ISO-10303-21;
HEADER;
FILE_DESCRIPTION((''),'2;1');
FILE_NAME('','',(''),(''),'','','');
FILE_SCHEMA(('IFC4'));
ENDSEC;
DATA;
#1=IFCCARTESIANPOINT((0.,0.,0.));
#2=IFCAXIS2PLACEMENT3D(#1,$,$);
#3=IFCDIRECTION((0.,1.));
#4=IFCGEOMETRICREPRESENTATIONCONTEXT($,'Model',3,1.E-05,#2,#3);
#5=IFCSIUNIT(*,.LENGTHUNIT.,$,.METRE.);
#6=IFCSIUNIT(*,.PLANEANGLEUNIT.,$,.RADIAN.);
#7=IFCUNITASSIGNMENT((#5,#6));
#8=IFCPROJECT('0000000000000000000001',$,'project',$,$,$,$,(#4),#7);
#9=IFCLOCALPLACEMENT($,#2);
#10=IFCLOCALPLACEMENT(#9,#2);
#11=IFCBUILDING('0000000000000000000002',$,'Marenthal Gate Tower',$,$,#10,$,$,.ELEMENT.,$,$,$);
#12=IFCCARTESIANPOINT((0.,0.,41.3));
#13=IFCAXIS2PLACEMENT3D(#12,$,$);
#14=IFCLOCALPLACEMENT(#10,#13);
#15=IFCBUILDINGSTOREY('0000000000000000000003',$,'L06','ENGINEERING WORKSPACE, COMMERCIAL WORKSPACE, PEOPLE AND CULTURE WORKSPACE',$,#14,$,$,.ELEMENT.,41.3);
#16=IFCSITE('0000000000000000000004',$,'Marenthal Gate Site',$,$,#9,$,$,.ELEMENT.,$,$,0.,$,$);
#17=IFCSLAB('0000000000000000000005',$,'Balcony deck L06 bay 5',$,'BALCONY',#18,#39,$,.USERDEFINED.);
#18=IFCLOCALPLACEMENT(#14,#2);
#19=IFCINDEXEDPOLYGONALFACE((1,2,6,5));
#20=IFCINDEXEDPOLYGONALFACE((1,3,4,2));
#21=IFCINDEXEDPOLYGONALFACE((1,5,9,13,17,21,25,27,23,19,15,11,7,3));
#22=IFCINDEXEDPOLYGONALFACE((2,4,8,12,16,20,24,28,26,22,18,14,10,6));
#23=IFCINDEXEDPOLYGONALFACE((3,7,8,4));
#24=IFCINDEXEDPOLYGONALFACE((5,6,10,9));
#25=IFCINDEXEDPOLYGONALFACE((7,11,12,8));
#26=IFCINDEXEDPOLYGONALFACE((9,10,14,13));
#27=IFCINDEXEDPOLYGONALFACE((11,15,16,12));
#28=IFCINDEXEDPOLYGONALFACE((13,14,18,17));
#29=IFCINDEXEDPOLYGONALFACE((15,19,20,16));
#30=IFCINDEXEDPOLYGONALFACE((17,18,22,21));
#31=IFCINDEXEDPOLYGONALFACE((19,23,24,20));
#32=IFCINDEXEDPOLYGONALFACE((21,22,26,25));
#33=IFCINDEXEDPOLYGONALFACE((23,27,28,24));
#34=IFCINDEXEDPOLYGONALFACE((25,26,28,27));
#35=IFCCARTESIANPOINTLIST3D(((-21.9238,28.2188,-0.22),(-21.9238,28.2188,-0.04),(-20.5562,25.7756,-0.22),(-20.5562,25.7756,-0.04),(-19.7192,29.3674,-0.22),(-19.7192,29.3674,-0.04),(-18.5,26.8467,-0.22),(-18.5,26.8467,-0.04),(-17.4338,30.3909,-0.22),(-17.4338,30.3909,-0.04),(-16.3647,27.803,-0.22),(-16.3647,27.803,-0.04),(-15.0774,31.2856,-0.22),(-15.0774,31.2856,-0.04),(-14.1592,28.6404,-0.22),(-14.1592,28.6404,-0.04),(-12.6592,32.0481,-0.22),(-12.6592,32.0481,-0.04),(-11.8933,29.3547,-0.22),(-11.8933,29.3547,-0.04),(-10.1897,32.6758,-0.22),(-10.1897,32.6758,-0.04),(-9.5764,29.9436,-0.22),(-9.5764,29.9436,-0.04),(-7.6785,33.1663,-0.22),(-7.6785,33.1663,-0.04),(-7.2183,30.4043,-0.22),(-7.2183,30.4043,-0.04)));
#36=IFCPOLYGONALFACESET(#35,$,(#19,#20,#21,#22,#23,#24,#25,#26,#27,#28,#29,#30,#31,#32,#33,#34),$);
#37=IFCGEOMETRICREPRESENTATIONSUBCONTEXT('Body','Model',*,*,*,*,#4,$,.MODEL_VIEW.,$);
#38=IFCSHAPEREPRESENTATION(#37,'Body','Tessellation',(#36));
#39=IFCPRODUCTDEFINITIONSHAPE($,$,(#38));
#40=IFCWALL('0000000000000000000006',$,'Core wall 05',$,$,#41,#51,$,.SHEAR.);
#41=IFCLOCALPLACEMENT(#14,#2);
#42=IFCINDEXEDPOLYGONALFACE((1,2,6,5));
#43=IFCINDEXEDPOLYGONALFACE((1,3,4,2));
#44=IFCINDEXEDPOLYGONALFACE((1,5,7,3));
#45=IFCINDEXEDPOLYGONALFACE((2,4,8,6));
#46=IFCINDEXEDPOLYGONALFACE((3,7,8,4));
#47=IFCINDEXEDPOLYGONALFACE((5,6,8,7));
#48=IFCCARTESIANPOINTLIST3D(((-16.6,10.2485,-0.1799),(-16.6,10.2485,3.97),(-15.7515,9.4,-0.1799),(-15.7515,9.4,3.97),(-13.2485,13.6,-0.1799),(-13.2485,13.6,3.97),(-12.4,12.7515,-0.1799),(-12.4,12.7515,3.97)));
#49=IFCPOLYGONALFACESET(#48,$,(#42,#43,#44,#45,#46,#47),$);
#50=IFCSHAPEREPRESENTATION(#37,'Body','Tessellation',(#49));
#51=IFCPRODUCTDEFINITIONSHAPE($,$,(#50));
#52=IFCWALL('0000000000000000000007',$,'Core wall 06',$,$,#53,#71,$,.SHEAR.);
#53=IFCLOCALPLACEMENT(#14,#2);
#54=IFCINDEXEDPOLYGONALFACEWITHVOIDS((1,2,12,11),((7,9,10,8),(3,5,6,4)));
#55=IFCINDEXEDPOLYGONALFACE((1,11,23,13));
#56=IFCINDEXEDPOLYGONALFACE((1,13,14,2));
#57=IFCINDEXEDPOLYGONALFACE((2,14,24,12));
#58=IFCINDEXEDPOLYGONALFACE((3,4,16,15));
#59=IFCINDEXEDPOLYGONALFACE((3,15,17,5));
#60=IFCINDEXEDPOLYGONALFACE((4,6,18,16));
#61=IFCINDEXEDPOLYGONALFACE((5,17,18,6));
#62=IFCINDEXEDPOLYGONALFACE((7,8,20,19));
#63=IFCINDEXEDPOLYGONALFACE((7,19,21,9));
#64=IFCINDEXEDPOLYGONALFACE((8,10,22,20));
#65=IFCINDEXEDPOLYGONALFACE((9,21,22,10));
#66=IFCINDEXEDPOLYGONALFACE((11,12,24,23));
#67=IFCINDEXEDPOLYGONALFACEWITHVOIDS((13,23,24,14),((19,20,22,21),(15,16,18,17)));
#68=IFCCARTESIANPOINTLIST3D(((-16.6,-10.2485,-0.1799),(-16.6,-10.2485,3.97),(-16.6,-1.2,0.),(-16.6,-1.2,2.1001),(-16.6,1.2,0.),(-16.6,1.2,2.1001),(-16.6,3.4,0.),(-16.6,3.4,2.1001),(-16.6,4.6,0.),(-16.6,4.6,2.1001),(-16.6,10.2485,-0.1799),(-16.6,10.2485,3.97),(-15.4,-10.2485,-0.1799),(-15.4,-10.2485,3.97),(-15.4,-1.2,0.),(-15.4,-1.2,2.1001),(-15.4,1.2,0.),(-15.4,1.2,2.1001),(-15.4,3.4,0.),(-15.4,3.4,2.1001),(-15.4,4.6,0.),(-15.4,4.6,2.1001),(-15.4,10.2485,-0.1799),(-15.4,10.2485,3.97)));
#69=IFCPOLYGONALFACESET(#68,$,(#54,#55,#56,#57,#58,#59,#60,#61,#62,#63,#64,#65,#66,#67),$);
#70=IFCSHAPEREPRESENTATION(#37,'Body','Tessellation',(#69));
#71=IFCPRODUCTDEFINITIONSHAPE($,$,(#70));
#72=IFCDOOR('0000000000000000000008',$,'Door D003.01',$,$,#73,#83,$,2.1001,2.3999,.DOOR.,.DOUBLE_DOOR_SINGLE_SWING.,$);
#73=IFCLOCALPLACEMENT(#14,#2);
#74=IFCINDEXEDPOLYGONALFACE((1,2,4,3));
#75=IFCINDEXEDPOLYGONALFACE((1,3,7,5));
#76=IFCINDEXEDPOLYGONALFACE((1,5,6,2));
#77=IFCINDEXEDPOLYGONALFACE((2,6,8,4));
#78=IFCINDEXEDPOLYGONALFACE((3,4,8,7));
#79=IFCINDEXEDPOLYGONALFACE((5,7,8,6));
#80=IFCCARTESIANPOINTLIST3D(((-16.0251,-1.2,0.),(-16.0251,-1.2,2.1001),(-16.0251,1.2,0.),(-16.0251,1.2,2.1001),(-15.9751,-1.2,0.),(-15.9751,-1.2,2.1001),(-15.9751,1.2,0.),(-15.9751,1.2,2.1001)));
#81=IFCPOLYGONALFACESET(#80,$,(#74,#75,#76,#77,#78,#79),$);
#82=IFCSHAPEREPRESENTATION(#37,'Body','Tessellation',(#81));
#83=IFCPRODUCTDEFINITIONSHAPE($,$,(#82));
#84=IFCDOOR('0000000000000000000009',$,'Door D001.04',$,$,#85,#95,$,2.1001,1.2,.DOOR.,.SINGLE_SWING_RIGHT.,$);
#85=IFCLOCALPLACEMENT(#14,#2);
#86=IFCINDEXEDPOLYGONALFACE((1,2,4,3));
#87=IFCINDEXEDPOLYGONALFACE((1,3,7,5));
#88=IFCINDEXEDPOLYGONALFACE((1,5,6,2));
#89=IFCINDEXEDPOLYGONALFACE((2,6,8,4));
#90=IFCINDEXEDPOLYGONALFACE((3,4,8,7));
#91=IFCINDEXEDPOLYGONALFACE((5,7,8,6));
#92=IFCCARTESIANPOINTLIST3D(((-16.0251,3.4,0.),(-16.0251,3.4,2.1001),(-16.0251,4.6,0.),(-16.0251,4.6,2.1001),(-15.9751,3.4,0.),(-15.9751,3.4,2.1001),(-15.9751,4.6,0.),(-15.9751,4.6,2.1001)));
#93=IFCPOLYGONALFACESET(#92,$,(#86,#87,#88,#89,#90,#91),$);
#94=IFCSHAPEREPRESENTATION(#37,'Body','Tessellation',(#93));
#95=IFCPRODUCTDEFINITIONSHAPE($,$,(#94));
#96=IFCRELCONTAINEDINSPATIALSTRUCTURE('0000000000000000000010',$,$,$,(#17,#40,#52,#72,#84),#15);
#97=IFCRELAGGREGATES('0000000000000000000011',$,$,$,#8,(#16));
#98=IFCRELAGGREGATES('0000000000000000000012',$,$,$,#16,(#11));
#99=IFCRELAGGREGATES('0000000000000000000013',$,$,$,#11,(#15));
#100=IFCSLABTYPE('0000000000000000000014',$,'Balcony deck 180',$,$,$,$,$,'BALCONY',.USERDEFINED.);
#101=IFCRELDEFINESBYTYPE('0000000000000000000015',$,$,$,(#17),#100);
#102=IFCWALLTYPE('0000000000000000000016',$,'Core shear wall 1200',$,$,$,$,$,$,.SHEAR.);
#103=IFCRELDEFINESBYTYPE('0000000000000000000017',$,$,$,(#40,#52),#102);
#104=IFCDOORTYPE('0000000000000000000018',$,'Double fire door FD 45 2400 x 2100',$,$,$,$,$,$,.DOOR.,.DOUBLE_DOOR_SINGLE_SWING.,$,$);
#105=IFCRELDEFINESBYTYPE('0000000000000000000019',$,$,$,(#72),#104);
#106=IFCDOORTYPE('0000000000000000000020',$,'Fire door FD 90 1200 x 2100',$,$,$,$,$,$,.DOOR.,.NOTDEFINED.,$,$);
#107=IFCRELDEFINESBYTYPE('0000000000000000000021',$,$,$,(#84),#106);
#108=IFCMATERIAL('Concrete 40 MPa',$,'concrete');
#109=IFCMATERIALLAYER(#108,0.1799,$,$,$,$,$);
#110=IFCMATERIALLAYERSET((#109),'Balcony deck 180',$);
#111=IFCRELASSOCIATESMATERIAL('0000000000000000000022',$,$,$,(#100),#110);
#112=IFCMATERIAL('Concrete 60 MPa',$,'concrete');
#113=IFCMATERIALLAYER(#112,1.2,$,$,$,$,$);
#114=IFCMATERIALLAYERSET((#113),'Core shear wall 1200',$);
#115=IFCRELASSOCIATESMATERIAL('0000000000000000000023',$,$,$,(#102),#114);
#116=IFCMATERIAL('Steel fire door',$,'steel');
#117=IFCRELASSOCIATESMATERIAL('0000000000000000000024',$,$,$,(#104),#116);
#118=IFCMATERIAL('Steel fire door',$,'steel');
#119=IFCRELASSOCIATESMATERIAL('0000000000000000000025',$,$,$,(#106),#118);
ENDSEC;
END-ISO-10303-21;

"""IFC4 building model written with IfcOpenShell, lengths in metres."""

from ifc_helpers import new_model, si_unit, direction, frame, frame_2d, origin, place, context, subcontext, project, spatial, polyline, rectangle, outline, extrude, material, layer, layer_set, type_object, element, fill, save


model = new_model("IFC4")

# Units and contexts
model_context = context("Model", 3, precision=1e-05, world=origin(), true_north=direction((0.0, 1.0)))
body_context = subcontext(model_context, "Body", "Model", "MODEL_VIEW")
ifc_project = project(units=[si_unit("LENGTHUNIT", "METRE"), si_unit("PLANEANGLEUNIT", "RADIAN")], contexts=[model_context])

# Site, building, storey
site_placement = place(None, origin())
site = spatial("IfcSite", under=ifc_project, at=site_placement, Name="Marenthal Gate Site", CompositionType="ELEMENT", RefElevation=0.0)
building_placement = place(site_placement, origin())
building = spatial("IfcBuilding", under=site, at=building_placement, Name="Marenthal Gate Tower", CompositionType="ELEMENT")
storey_placement = place(building_placement, frame((0.0, 0.0, 41.3)))
storey = spatial("IfcBuildingStorey", under=building, at=storey_placement, Name="L06", Description="ENGINEERING WORKSPACE, COMMERCIAL WORKSPACE, PEOPLE AND CULTURE WORKSPACE", CompositionType="ELEMENT", Elevation=41.3)

# Slab
ifc_material_1 = material(Name="Concrete 40 MPa", Category="concrete")
ifc_layer_1 = layer(ifc_material_1, 0.1799)
ifc_layer_set_1 = layer_set([ifc_layer_1], Name="Balcony deck 180")
slab_type = type_object("IfcSlabType", Name="Balcony deck 180", ElementType="BALCONY", PredefinedType="USERDEFINED", material=ifc_layer_set_1)
slab_placement = place(storey_placement, frame((0.0, 0.0, -0.22)))
element("IfcSlab", 1, at=slab_placement, inside=storey, type_object=slab_type, Name="Balcony deck L06 bay 5", ObjectType="BALCONY", PredefinedType="USERDEFINED", context=body_context, shape_type="SweptSolid", body=[
    extrude(outline(polyline([(-7.2183, 30.4043), (-9.5764, 29.9436), (-11.8933, 29.3547), (-14.1592, 28.6404), (-16.3647, 27.803), (-18.5, 26.8467), (-20.5562, 25.7756), (-21.9238, 28.2188), (-19.7192, 29.3674), (-17.4338, 30.3909), (-15.0774, 31.2856), (-12.6592, 32.0481), (-10.1897, 32.6758), (-7.6785, 33.1663), (-7.2183, 30.4043)])), origin(), (0.0, 0.0, 1.0), 0.1799),
])

# Wall
ifc_material_2 = material(Name="Concrete 60 MPa", Category="concrete")
ifc_layer_2 = layer(ifc_material_2, 1.2)
ifc_layer_set_2 = layer_set([ifc_layer_2], Name="Core shear wall 1200")
wall_type_1 = type_object("IfcWallType", Name="Core shear wall 1200", PredefinedType="SHEAR", material=ifc_layer_set_2)
wall_1_placement = place(storey_placement, frame((-12.8242, 13.1758, -0.1799), z_axis=(0.0, 0.0, 1.0), x_axis=(-0.707107, -0.707107, 0.0)))
element("IfcWall", 2, at=wall_1_placement, inside=storey, type_object=wall_type_1, Name="Core wall 05", PredefinedType="SHEAR", context=body_context, shape_type="SweptSolid", body=[
    extrude(rectangle(XDim=4.7397, YDim=1.2, at=frame_2d((2.3699, 0.0))), origin(), (0.0, 0.0, 1.0), 4.1499),
])

# Wall, openings, doors
wall_2_placement = place(storey_placement, frame((-16.0, 10.2485, -0.1799), z_axis=(0.0, 0.0, 1.0), x_axis=(0.0, -1.0, 0.0)))
wall_2 = element("IfcWall", 3, at=wall_2_placement, inside=storey, type_object=wall_type_1, Name="Core wall 06", PredefinedType="SHEAR", context=body_context, shape_type="SweptSolid", body=[
    extrude(rectangle(XDim=20.4971, YDim=1.2, at=frame_2d((10.2485, 0.0))), origin(), (0.0, 0.0, 1.0), 4.1499),
])
opening_1_placement = place(wall_2_placement, frame((9.0486, 0.0, 0.1799)))
opening_1 = element("IfcOpeningElement", 4, at=opening_1_placement, cuts=wall_2, PredefinedType="OPENING", context=body_context, shape_type="SweptSolid", body=[
    extrude(rectangle(XDim=2.3999, YDim=2.1001, at=frame_2d((1.2, 1.05))), frame((0.0, 0.6099, 0.0), z_axis=(0.0, -1.0, 0.0), x_axis=(1.0, 0.0, 0.0)), (0.0, 0.0, 1.0), 1.22),
])
opening_2_placement = place(wall_2_placement, frame((5.6484, 0.0, 0.1799)))
opening_2 = element("IfcOpeningElement", 5, at=opening_2_placement, cuts=wall_2, PredefinedType="OPENING", context=body_context, shape_type="SweptSolid", body=[
    extrude(rectangle(XDim=1.2, YDim=2.1001, at=frame_2d((0.6001, 1.05))), frame((0.0, 0.6099, 0.0), z_axis=(0.0, -1.0, 0.0), x_axis=(1.0, 0.0, 0.0)), (0.0, 0.0, 1.0), 1.22),
])
ifc_material_3 = material(Name="Steel fire door", Category="steel")
door_type_1 = type_object("IfcDoorType", Name="Double fire door FD 45 2400 x 2100", OperationType="DOUBLE_DOOR_SINGLE_SWING", PredefinedType="DOOR", material=ifc_material_3)
door_1_placement = place(opening_1_placement, origin())
door_1 = element("IfcDoor", 6, at=door_1_placement, inside=storey, type_object=door_type_1, Name="Door D003.01", OperationType="DOUBLE_DOOR_SINGLE_SWING", OverallHeight=2.1001, OverallWidth=2.3999, PredefinedType="DOOR", context=body_context, shape_type="SweptSolid", body=[
    extrude(rectangle(XDim=2.3999, YDim=2.1001, at=frame_2d((1.2, 1.05))), frame((0.0, 0.0249, 0.0), z_axis=(0.0, -1.0, 0.0), x_axis=(1.0, 0.0, 0.0)), (0.0, 0.0, 1.0), 0.05),
])
fill(opening_1, door_1)
ifc_material_4 = material(Name="Steel fire door", Category="steel")
door_type_2 = type_object("IfcDoorType", Name="Fire door FD 90 1200 x 2100", OperationType="NOTDEFINED", PredefinedType="DOOR", material=ifc_material_4)
door_2_placement = place(opening_2_placement, origin())
door_2 = element("IfcDoor", 7, at=door_2_placement, inside=storey, type_object=door_type_2, Name="Door D001.04", OperationType="SINGLE_SWING_RIGHT", OverallHeight=2.1001, OverallWidth=1.2, PredefinedType="DOOR", context=body_context, shape_type="SweptSolid", body=[
    extrude(rectangle(XDim=1.2, YDim=2.1001, at=frame_2d((0.6001, 1.05))), frame((0.0, 0.0249, 0.0), z_axis=(0.0, -1.0, 0.0), x_axis=(1.0, 0.0, 0.0)), (0.0, 0.0, 1.0), 0.05),
])
fill(opening_2, door_2)

save(model, "model.ifc")
